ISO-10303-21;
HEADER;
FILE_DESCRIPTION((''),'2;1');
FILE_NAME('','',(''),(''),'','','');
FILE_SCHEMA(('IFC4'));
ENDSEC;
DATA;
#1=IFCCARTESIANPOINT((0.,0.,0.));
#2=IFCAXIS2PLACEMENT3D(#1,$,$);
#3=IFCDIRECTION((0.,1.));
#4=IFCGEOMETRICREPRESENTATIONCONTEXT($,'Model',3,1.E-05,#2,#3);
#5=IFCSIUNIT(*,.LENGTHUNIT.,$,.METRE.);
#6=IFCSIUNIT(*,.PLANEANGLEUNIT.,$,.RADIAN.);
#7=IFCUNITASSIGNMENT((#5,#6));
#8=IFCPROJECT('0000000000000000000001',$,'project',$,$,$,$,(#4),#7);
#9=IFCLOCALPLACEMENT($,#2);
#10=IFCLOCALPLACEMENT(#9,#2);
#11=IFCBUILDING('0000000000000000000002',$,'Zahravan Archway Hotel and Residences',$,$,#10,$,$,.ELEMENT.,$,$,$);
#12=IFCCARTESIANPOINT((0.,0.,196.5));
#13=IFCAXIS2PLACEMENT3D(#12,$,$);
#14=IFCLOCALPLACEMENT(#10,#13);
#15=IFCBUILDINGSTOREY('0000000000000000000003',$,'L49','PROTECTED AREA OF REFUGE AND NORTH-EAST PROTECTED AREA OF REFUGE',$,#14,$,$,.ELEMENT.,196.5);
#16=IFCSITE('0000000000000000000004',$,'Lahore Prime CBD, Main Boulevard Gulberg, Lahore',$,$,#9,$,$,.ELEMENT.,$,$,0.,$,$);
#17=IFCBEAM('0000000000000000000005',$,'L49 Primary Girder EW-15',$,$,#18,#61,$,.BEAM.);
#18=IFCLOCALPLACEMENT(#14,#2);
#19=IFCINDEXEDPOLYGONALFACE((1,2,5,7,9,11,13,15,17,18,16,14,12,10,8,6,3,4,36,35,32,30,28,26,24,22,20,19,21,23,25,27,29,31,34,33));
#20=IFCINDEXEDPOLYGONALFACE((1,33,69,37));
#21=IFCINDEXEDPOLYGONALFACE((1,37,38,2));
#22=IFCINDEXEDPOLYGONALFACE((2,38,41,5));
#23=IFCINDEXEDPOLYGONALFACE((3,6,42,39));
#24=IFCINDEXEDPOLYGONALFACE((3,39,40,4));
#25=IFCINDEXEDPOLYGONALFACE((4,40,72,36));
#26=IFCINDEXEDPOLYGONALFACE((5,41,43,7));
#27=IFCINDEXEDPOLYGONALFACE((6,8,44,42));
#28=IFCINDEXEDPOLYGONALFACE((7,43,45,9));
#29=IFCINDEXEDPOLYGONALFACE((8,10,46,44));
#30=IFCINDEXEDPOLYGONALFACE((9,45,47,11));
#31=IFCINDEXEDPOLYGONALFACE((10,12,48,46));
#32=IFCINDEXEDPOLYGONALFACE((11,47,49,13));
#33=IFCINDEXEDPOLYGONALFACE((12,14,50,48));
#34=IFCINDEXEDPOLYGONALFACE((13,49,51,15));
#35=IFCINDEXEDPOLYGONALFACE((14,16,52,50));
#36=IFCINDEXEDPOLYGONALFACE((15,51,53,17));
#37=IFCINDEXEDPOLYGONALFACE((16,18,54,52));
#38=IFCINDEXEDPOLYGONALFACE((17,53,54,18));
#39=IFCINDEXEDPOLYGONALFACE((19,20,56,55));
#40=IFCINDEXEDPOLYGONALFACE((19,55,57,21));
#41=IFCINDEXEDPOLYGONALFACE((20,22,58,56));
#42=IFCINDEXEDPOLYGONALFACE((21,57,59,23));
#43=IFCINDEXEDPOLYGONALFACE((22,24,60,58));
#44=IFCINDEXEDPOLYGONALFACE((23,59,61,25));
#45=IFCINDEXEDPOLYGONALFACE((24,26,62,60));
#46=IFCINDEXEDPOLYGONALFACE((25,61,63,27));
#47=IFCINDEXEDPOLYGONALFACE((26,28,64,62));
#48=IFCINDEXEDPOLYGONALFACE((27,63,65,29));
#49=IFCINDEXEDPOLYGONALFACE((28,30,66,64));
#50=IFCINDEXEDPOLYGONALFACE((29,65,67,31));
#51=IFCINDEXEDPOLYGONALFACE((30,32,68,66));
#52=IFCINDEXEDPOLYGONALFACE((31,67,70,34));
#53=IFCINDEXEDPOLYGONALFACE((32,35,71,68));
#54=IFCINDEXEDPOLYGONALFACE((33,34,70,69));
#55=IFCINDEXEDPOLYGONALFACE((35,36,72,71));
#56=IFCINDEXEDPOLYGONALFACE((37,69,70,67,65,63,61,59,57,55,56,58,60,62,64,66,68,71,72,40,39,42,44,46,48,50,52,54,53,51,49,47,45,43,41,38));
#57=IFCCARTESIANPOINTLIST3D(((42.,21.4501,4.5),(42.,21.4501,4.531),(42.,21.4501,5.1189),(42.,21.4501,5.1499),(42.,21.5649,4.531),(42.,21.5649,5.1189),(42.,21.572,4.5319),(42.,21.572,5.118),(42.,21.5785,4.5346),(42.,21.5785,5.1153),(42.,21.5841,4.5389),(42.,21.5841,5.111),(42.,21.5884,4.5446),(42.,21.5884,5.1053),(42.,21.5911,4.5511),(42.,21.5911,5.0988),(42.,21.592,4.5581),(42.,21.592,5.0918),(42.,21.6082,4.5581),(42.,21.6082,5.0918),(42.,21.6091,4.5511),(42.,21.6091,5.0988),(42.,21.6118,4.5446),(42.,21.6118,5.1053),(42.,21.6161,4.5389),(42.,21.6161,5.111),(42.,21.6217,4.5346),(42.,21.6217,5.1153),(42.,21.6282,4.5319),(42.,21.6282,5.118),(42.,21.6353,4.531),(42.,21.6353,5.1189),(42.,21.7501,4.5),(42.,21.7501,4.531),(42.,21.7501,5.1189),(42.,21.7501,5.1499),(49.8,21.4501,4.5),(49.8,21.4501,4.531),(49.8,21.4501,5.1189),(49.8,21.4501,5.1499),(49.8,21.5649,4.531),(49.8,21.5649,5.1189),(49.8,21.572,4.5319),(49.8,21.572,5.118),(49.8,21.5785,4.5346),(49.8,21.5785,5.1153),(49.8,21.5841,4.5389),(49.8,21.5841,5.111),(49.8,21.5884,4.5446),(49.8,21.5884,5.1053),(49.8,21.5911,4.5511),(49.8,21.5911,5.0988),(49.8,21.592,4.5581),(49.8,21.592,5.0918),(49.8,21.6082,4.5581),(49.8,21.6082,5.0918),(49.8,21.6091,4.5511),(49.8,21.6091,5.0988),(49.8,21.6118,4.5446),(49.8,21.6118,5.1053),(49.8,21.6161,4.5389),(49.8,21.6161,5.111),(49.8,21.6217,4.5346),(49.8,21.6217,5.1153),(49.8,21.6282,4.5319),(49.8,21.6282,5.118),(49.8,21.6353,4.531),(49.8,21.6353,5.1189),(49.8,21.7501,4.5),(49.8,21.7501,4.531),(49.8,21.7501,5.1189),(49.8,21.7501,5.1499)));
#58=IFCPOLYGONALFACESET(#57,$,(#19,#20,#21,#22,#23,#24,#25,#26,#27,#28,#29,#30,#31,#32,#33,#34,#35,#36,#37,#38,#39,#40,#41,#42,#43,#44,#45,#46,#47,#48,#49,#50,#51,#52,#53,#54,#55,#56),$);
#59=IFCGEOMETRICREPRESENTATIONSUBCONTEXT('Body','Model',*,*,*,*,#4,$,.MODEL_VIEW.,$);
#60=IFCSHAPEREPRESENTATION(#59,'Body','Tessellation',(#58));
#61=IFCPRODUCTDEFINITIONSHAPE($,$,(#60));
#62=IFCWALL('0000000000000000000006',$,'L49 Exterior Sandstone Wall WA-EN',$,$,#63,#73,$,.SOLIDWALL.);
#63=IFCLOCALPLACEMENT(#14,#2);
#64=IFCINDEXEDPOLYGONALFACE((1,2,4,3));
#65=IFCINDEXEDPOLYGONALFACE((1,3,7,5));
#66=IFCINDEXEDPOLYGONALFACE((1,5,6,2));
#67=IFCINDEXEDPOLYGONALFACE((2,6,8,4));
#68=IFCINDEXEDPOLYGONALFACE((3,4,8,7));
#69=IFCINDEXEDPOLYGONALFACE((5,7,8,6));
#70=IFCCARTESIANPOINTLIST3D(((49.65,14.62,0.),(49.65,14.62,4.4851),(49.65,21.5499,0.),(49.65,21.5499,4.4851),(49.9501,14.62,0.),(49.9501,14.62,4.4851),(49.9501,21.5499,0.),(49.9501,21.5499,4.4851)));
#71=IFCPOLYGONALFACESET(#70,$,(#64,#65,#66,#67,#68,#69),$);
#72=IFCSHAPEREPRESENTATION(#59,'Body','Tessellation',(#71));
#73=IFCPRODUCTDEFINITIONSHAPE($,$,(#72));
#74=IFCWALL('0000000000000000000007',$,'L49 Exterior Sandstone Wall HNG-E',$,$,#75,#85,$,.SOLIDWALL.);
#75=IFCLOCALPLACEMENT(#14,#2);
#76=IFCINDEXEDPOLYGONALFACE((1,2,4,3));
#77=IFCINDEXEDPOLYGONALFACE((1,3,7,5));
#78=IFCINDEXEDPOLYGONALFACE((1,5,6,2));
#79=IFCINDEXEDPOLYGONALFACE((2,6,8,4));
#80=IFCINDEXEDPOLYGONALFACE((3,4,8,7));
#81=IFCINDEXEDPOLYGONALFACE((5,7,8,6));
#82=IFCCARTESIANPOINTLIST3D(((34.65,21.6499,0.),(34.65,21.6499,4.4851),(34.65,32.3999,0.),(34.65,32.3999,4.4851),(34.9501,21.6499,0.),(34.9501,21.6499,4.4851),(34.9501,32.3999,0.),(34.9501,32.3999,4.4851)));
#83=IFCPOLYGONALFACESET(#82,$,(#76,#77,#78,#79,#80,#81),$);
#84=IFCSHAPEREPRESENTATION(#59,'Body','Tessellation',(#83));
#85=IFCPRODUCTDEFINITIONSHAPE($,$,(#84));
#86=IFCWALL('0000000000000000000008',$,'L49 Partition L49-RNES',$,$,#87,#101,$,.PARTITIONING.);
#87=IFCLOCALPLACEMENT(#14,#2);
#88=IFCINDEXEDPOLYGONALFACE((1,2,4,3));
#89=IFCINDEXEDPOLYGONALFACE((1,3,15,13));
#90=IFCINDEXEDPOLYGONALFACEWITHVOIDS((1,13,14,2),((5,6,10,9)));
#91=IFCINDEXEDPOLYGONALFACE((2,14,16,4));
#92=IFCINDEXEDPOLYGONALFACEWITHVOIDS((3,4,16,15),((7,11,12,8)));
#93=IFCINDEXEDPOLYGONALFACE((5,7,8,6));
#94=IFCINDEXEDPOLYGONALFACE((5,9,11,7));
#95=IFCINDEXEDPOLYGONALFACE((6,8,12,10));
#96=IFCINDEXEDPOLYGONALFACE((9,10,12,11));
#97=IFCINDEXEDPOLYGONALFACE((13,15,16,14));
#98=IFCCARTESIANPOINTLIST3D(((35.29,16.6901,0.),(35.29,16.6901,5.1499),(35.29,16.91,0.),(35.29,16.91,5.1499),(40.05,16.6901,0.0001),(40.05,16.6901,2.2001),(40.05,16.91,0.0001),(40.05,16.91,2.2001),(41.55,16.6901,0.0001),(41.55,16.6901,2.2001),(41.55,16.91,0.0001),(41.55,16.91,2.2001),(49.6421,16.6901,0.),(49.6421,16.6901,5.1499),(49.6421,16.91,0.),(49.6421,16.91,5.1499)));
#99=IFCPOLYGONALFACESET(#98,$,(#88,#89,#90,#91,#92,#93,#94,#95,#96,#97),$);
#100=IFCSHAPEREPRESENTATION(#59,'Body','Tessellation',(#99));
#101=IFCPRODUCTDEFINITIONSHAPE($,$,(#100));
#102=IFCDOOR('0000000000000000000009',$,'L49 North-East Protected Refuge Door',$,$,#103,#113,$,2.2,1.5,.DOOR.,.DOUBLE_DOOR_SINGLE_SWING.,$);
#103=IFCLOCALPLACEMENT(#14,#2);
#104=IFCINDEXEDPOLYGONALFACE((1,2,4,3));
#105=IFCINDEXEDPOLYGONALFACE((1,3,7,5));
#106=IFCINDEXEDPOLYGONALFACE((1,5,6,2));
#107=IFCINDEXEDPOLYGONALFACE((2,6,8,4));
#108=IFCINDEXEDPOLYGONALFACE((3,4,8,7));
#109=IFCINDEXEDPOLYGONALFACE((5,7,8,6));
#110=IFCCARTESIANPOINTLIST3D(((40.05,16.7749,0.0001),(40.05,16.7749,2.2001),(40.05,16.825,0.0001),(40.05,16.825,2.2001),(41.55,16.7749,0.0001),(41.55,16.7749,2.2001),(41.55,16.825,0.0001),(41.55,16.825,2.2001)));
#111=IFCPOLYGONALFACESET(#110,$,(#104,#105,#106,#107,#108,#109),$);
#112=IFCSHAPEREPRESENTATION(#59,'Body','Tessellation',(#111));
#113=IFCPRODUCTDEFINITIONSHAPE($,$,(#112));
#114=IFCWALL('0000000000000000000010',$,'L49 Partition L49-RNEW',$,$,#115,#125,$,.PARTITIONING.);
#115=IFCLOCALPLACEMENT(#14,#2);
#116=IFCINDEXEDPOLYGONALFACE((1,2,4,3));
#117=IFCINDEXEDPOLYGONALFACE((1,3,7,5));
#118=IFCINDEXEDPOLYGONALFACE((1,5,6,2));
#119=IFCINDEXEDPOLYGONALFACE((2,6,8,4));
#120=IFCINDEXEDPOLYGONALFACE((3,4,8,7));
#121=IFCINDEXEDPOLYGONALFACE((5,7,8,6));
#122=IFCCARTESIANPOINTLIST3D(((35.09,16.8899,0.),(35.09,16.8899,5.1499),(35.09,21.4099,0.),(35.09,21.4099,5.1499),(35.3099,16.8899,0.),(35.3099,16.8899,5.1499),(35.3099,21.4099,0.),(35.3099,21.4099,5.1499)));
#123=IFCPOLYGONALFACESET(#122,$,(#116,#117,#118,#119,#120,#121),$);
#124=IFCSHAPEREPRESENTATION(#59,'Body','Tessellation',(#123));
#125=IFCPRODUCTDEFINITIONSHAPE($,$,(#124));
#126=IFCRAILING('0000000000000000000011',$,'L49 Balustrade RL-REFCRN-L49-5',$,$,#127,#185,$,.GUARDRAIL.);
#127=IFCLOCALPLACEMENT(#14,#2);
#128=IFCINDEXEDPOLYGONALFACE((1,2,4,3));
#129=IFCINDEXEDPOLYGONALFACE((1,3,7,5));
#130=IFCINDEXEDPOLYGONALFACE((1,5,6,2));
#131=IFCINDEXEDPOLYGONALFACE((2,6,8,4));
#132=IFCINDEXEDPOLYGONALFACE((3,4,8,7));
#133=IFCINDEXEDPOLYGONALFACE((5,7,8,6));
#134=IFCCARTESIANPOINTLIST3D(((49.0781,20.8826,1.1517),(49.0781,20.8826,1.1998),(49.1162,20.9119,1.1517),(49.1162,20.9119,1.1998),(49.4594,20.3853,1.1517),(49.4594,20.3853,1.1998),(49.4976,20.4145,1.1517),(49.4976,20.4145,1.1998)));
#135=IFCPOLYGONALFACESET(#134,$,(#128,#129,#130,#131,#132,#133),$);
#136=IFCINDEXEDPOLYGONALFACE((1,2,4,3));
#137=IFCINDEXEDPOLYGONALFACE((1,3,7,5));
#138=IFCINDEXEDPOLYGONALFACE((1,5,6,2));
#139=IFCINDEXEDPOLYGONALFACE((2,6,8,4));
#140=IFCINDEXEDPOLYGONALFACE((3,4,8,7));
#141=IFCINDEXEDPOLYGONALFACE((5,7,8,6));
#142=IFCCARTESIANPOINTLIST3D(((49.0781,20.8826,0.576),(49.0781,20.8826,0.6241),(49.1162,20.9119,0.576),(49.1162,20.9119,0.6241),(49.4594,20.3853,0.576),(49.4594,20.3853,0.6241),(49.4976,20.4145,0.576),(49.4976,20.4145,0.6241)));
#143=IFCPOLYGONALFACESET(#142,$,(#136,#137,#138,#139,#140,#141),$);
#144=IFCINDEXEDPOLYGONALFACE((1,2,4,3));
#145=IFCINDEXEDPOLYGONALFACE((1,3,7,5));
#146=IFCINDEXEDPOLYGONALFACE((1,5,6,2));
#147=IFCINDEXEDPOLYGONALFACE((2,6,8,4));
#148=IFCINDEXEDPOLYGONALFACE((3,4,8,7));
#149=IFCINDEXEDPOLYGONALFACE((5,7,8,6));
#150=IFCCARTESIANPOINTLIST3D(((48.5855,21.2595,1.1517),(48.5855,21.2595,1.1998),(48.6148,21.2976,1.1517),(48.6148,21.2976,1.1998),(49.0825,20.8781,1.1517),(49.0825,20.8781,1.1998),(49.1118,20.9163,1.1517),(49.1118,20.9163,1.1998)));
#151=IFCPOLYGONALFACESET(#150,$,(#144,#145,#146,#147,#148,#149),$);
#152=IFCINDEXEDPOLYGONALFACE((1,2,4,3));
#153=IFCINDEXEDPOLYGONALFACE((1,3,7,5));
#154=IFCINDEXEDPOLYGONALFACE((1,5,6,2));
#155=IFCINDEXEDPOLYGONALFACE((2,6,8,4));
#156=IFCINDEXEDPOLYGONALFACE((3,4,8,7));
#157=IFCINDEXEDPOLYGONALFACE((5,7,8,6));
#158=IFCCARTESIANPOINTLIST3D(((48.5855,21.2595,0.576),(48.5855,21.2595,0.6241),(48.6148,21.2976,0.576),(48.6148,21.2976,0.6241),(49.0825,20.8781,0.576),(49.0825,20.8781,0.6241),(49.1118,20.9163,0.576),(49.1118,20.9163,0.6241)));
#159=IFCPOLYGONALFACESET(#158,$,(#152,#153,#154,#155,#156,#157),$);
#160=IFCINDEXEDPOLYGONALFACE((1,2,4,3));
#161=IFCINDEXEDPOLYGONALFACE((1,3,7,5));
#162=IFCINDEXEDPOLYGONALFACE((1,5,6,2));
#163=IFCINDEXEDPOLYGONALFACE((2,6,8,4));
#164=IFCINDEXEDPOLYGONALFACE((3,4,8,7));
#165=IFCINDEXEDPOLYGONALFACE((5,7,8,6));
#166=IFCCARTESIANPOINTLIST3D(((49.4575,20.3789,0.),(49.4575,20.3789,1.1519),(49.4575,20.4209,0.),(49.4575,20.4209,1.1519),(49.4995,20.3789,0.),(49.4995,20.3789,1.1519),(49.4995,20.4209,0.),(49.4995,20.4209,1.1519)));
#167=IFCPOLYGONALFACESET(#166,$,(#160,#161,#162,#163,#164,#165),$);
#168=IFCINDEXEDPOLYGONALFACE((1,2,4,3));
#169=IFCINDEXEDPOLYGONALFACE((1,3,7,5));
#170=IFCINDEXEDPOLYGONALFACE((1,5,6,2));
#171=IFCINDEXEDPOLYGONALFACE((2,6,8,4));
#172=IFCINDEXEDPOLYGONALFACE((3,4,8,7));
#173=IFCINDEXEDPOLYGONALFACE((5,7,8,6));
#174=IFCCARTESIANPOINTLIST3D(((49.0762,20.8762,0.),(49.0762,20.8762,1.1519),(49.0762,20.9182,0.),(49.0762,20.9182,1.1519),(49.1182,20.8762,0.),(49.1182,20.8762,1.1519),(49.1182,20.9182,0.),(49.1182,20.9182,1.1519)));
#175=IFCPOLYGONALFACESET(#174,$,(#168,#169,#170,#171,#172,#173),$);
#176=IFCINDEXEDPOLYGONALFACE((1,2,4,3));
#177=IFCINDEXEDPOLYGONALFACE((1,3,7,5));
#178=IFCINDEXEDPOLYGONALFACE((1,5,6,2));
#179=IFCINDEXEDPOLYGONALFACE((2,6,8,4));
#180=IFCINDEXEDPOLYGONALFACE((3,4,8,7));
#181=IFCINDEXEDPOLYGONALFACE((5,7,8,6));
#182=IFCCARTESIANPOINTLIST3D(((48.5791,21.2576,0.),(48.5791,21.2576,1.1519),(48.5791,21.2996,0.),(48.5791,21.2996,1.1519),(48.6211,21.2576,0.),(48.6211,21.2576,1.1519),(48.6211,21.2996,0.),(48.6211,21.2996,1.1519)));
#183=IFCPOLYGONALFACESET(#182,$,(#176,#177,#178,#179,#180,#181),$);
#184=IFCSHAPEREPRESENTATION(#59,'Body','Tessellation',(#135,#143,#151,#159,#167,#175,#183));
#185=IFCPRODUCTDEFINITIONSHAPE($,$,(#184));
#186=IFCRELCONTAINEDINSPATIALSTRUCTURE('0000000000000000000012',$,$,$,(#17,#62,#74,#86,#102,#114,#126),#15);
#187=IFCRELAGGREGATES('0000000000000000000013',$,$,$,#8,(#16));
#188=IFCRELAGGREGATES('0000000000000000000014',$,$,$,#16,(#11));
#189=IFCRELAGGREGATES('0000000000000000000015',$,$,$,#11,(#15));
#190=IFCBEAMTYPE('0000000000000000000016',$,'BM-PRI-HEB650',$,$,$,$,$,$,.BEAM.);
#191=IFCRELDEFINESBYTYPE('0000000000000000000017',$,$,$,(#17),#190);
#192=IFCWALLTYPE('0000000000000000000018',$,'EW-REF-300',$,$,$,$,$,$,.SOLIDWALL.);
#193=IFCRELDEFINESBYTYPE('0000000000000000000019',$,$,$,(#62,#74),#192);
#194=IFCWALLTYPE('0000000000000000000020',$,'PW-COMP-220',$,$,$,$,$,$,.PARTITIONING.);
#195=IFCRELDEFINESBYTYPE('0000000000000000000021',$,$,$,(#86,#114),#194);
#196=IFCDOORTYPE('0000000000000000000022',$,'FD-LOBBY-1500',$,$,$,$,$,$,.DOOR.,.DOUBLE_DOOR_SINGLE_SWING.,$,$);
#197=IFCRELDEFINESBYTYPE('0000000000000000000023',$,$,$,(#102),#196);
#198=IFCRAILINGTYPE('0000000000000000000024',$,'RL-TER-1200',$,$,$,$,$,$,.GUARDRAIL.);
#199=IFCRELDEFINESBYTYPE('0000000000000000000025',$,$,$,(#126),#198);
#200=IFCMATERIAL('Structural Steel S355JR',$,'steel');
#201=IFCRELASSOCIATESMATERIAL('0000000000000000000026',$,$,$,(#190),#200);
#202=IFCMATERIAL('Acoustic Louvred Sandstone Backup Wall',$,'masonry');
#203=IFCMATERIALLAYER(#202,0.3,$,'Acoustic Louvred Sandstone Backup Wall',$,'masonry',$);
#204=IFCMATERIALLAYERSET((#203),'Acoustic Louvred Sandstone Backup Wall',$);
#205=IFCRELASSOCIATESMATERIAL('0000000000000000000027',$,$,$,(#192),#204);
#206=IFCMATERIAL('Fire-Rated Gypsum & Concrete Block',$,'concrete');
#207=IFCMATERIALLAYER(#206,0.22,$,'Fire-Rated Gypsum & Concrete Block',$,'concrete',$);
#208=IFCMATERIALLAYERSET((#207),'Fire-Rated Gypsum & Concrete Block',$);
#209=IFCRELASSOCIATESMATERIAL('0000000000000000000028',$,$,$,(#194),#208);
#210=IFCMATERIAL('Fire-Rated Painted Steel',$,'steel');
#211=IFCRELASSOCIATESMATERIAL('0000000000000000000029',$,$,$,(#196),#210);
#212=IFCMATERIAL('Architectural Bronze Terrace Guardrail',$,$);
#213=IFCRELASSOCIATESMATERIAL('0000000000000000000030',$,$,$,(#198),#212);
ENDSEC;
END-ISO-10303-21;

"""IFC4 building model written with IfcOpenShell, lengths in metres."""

from ifc_helpers import new_model, si_unit, direction, frame, frame_2d, origin, origin_2d, place, context, subcontext, project, spatial, rectangle, i_section, extrude, source, transform, mapped, material, layer, layer_set, material_profile, profile_set, type_object, type_shapes, element, fill, save


model = new_model("IFC4")

# Units and contexts
model_context = context("Model", 3, precision=1e-05, world=origin(), true_north=direction((0.0, 1.0)))
body_context = subcontext(model_context, "Body", "Model", "MODEL_VIEW")
ifc_project = project(units=[si_unit("LENGTHUNIT", "METRE"), si_unit("PLANEANGLEUNIT", "RADIAN")], contexts=[model_context])

# Site, building, storey
site_placement = place(None, origin())
site = spatial("IfcSite", under=ifc_project, at=site_placement, Name="Lahore Prime CBD, Main Boulevard Gulberg, Lahore", CompositionType="ELEMENT", RefElevation=0.0)
building_placement = place(site_placement, origin())
building = spatial("IfcBuilding", under=site, at=building_placement, Name="Zahravan Archway Hotel and Residences", CompositionType="ELEMENT")
storey_placement = place(building_placement, frame((0.0, 0.0, 196.5)))
storey = spatial("IfcBuildingStorey", under=building, at=storey_placement, Name="L49", Description="PROTECTED AREA OF REFUGE AND NORTH-EAST PROTECTED AREA OF REFUGE", CompositionType="ELEMENT", Elevation=196.5)

# Beam
ifc_material_1 = material(Name="Structural Steel S355JR", Category="steel")
ifc_material_profile_1 = material_profile(ifc_material_1, i_section(OverallWidth=0.3, OverallDepth=0.6499, WebThickness=0.0161, FlangeThickness=0.031, FilletRadius=0.0271, at=origin_2d()), Name="HEB 650", Category="steel")
ifc_profile_set_1 = profile_set([ifc_material_profile_1], Name="Structural Steel S355JR")
beam_type = type_object("IfcBeamType", Name="BM-PRI-HEB650", PredefinedType="BEAM", material=ifc_profile_set_1)
shared_shape_1 = source(origin(), body_context, "Body", "SweptSolid", [
    extrude(i_section(OverallWidth=0.3, OverallDepth=0.6499, WebThickness=0.0161, FlangeThickness=0.031, FilletRadius=0.0271, at=origin_2d()), origin(), (0.0, 0.0, 1.0), 7.8),
])
beam_1_placement = place(storey_placement, frame((42.0, 21.6001, 4.825), z_axis=(1.0, 0.0, 0.0), x_axis=(0.0, 1.0, 0.0)))
element("IfcBeam", 1, at=beam_1_placement, inside=storey, type_object=beam_type, Name="L49 Primary Girder EW-15", PredefinedType="BEAM", context=body_context, shape_type="MappedRepresentation", body=[
    mapped(shared_shape_1, transform((0.0, 0.0, 0.0), scale=1.0)),
])

# Walls
ifc_material_2 = material(Name="Acoustic Louvred Sandstone Backup Wall", Category="masonry")
ifc_layer_1 = layer(ifc_material_2, 0.3, Name="Acoustic Louvred Sandstone Backup Wall", Category="masonry")
ifc_layer_set_1 = layer_set([ifc_layer_1], Name="Acoustic Louvred Sandstone Backup Wall")
wall_type_1 = type_object("IfcWallType", Name="EW-REF-300", PredefinedType="SOLIDWALL", material=ifc_layer_set_1)
wall_1_placement = place(storey_placement, frame((49.8, 14.6201, 0.0), z_axis=(0.0, 0.0, 1.0), x_axis=(0.0, 1.0, 0.0)))
element("IfcWall", 2, at=wall_1_placement, inside=storey, type_object=wall_type_1, Name="L49 Exterior Sandstone Wall WA-EN", PredefinedType="SOLIDWALL", context=body_context, shape_type="SweptSolid", body=[
    extrude(rectangle(XDim=6.9299, YDim=0.3, at=frame_2d((3.4648, 0.0))), origin(), (0.0, 0.0, 1.0), 4.4851),
])
wall_2_placement = place(storey_placement, frame((34.8, 21.6499, 0.0), z_axis=(0.0, 0.0, 1.0), x_axis=(0.0, 1.0, 0.0)))
element("IfcWall", 3, at=wall_2_placement, inside=storey, type_object=wall_type_1, Name="L49 Exterior Sandstone Wall HNG-E", PredefinedType="SOLIDWALL", context=body_context, shape_type="SweptSolid", body=[
    extrude(rectangle(XDim=10.75, YDim=0.3, at=frame_2d((5.375, 0.0))), origin(), (0.0, 0.0, 1.0), 4.4851),
])

# Wall, opening, door
ifc_material_3 = material(Name="Fire-Rated Gypsum & Concrete Block", Category="concrete")
ifc_layer_2 = layer(ifc_material_3, 0.22, Name="Fire-Rated Gypsum & Concrete Block", Category="concrete")
ifc_layer_set_2 = layer_set([ifc_layer_2], Name="Fire-Rated Gypsum & Concrete Block")
wall_type_2 = type_object("IfcWallType", Name="PW-COMP-220", PredefinedType="PARTITIONING", material=ifc_layer_set_2)
ifc_material_4 = material(Name="Fire-Rated Painted Steel", Category="steel")
wall_3_placement = place(storey_placement, frame((35.29, 16.8, 0.0), z_axis=(0.0, 0.0, 1.0), x_axis=(1.0, 0.0, 0.0)))
wall_3 = element("IfcWall", 4, at=wall_3_placement, inside=storey, type_object=wall_type_2, Name="L49 Partition L49-RNES", PredefinedType="PARTITIONING", context=body_context, shape_type="SweptSolid", body=[
    extrude(rectangle(XDim=14.3521, YDim=0.22, at=frame_2d((7.176, 0.0))), origin(), (0.0, 0.0, 1.0), 5.1499),
])
opening_1_placement = place(wall_3_placement, frame((4.76, 0.0, 0.0)))
opening_1 = element("IfcOpeningElement", 5, at=opening_1_placement, cuts=wall_3, PredefinedType="OPENING", context=body_context, shape_type="SweptSolid", body=[
    extrude(rectangle(XDim=1.5, YDim=2.2, at=frame_2d((0.75, 1.1001))), frame((0.0, 0.1201, 0.0), z_axis=(0.0, -1.0, 0.0), x_axis=(1.0, 0.0, 0.0)), (0.0, 0.0, 1.0), 0.24),
])
door_type_1 = type_object("IfcDoorType", Name="FD-LOBBY-1500", OperationType="DOUBLE_DOOR_SINGLE_SWING", PredefinedType="DOOR", material=ifc_material_4)
shared_shape_2 = source(origin(), body_context, "Body", "SweptSolid", [
    extrude(rectangle(XDim=1.5, YDim=2.2, at=frame_2d((0.75, 1.1001))), frame((0.0, 0.0249, 0.0), z_axis=(0.0, -1.0, 0.0), x_axis=(1.0, 0.0, 0.0)), (0.0, 0.0, 1.0), 0.05),
])
type_shapes(door_type_1, [shared_shape_2])
door_1_placement = place(opening_1_placement, origin())
door_1 = element("IfcDoor", 6, at=door_1_placement, inside=storey, type_object=door_type_1, Name="L49 North-East Protected Refuge Door", OperationType="DOUBLE_DOOR_SINGLE_SWING", OverallHeight=2.2, OverallWidth=1.5, PredefinedType="DOOR", context=body_context, shape_type="MappedRepresentation", body=[
    mapped(shared_shape_2, transform((0.0, 0.0, 0.0), scale=1.0)),
])
fill(opening_1, door_1)

# Wall
wall_4_placement = place(storey_placement, frame((35.2, 16.8899, 0.0), z_axis=(0.0, 0.0, 1.0), x_axis=(0.0, 1.0, 0.0)))
element("IfcWall", 7, at=wall_4_placement, inside=storey, type_object=wall_type_2, Name="L49 Partition L49-RNEW", PredefinedType="PARTITIONING", context=body_context, shape_type="SweptSolid", body=[
    extrude(rectangle(XDim=4.52, YDim=0.22, at=frame_2d((2.26, 0.0))), origin(), (0.0, 0.0, 1.0), 5.1499),
])

# Railing
ifc_material_5 = material(Name="Architectural Bronze Terrace Guardrail")
railing_type = type_object("IfcRailingType", Name="RL-TER-1200", PredefinedType="GUARDRAIL", material=ifc_material_5)
railing_placement = place(storey_placement, frame((49.4785, 20.3999, 0.0)))
element("IfcRailing", 8, at=railing_placement, inside=storey, type_object=railing_type, Name="L49 Balustrade RL-REFCRN-L49-5", PredefinedType="GUARDRAIL", context=body_context, shape_type="SweptSolid", body=[
    extrude(rectangle(XDim=0.0481, YDim=0.0481, at=origin_2d()), frame((0.0, 0.0, 1.1758), z_axis=(-0.608505, 0.79355, 0.0), x_axis=(-0.79355, -0.608505, 0.0)), (0.0, 0.0, 1.0), 0.6267),
    extrude(rectangle(XDim=0.0481, YDim=0.0481, at=origin_2d()), frame((0.0, 0.0, 0.6001), z_axis=(-0.608505, 0.79355, 0.0), x_axis=(-0.79355, -0.608505, 0.0)), (0.0, 0.0, 1.0), 0.6267),
    extrude(rectangle(XDim=0.0481, YDim=0.0481, at=origin_2d()), frame((-0.3813, 0.4973, 1.1758), z_axis=(-0.793406, 0.608693, 0.0), x_axis=(-0.608693, -0.793406, 0.0)), (0.0, 0.0, 1.0), 0.6265),
    extrude(rectangle(XDim=0.0481, YDim=0.0481, at=origin_2d()), frame((-0.3813, 0.4973, 0.6001), z_axis=(-0.793406, 0.608693, 0.0), x_axis=(-0.608693, -0.793406, 0.0)), (0.0, 0.0, 1.0), 0.6265),
    extrude(rectangle(XDim=0.042, YDim=0.042, at=origin_2d()), origin(), (0.0, 0.0, 1.0), 1.1519),
    extrude(rectangle(XDim=0.042, YDim=0.042, at=origin_2d()), frame((-0.3813, 0.4973, 0.0)), (0.0, 0.0, 1.0), 1.1519),
    extrude(rectangle(XDim=0.042, YDim=0.042, at=origin_2d()), frame((-0.8784, 0.8787, 0.0)), (0.0, 0.0, 1.0), 1.1519),
])

save(model, "model.ifc")
